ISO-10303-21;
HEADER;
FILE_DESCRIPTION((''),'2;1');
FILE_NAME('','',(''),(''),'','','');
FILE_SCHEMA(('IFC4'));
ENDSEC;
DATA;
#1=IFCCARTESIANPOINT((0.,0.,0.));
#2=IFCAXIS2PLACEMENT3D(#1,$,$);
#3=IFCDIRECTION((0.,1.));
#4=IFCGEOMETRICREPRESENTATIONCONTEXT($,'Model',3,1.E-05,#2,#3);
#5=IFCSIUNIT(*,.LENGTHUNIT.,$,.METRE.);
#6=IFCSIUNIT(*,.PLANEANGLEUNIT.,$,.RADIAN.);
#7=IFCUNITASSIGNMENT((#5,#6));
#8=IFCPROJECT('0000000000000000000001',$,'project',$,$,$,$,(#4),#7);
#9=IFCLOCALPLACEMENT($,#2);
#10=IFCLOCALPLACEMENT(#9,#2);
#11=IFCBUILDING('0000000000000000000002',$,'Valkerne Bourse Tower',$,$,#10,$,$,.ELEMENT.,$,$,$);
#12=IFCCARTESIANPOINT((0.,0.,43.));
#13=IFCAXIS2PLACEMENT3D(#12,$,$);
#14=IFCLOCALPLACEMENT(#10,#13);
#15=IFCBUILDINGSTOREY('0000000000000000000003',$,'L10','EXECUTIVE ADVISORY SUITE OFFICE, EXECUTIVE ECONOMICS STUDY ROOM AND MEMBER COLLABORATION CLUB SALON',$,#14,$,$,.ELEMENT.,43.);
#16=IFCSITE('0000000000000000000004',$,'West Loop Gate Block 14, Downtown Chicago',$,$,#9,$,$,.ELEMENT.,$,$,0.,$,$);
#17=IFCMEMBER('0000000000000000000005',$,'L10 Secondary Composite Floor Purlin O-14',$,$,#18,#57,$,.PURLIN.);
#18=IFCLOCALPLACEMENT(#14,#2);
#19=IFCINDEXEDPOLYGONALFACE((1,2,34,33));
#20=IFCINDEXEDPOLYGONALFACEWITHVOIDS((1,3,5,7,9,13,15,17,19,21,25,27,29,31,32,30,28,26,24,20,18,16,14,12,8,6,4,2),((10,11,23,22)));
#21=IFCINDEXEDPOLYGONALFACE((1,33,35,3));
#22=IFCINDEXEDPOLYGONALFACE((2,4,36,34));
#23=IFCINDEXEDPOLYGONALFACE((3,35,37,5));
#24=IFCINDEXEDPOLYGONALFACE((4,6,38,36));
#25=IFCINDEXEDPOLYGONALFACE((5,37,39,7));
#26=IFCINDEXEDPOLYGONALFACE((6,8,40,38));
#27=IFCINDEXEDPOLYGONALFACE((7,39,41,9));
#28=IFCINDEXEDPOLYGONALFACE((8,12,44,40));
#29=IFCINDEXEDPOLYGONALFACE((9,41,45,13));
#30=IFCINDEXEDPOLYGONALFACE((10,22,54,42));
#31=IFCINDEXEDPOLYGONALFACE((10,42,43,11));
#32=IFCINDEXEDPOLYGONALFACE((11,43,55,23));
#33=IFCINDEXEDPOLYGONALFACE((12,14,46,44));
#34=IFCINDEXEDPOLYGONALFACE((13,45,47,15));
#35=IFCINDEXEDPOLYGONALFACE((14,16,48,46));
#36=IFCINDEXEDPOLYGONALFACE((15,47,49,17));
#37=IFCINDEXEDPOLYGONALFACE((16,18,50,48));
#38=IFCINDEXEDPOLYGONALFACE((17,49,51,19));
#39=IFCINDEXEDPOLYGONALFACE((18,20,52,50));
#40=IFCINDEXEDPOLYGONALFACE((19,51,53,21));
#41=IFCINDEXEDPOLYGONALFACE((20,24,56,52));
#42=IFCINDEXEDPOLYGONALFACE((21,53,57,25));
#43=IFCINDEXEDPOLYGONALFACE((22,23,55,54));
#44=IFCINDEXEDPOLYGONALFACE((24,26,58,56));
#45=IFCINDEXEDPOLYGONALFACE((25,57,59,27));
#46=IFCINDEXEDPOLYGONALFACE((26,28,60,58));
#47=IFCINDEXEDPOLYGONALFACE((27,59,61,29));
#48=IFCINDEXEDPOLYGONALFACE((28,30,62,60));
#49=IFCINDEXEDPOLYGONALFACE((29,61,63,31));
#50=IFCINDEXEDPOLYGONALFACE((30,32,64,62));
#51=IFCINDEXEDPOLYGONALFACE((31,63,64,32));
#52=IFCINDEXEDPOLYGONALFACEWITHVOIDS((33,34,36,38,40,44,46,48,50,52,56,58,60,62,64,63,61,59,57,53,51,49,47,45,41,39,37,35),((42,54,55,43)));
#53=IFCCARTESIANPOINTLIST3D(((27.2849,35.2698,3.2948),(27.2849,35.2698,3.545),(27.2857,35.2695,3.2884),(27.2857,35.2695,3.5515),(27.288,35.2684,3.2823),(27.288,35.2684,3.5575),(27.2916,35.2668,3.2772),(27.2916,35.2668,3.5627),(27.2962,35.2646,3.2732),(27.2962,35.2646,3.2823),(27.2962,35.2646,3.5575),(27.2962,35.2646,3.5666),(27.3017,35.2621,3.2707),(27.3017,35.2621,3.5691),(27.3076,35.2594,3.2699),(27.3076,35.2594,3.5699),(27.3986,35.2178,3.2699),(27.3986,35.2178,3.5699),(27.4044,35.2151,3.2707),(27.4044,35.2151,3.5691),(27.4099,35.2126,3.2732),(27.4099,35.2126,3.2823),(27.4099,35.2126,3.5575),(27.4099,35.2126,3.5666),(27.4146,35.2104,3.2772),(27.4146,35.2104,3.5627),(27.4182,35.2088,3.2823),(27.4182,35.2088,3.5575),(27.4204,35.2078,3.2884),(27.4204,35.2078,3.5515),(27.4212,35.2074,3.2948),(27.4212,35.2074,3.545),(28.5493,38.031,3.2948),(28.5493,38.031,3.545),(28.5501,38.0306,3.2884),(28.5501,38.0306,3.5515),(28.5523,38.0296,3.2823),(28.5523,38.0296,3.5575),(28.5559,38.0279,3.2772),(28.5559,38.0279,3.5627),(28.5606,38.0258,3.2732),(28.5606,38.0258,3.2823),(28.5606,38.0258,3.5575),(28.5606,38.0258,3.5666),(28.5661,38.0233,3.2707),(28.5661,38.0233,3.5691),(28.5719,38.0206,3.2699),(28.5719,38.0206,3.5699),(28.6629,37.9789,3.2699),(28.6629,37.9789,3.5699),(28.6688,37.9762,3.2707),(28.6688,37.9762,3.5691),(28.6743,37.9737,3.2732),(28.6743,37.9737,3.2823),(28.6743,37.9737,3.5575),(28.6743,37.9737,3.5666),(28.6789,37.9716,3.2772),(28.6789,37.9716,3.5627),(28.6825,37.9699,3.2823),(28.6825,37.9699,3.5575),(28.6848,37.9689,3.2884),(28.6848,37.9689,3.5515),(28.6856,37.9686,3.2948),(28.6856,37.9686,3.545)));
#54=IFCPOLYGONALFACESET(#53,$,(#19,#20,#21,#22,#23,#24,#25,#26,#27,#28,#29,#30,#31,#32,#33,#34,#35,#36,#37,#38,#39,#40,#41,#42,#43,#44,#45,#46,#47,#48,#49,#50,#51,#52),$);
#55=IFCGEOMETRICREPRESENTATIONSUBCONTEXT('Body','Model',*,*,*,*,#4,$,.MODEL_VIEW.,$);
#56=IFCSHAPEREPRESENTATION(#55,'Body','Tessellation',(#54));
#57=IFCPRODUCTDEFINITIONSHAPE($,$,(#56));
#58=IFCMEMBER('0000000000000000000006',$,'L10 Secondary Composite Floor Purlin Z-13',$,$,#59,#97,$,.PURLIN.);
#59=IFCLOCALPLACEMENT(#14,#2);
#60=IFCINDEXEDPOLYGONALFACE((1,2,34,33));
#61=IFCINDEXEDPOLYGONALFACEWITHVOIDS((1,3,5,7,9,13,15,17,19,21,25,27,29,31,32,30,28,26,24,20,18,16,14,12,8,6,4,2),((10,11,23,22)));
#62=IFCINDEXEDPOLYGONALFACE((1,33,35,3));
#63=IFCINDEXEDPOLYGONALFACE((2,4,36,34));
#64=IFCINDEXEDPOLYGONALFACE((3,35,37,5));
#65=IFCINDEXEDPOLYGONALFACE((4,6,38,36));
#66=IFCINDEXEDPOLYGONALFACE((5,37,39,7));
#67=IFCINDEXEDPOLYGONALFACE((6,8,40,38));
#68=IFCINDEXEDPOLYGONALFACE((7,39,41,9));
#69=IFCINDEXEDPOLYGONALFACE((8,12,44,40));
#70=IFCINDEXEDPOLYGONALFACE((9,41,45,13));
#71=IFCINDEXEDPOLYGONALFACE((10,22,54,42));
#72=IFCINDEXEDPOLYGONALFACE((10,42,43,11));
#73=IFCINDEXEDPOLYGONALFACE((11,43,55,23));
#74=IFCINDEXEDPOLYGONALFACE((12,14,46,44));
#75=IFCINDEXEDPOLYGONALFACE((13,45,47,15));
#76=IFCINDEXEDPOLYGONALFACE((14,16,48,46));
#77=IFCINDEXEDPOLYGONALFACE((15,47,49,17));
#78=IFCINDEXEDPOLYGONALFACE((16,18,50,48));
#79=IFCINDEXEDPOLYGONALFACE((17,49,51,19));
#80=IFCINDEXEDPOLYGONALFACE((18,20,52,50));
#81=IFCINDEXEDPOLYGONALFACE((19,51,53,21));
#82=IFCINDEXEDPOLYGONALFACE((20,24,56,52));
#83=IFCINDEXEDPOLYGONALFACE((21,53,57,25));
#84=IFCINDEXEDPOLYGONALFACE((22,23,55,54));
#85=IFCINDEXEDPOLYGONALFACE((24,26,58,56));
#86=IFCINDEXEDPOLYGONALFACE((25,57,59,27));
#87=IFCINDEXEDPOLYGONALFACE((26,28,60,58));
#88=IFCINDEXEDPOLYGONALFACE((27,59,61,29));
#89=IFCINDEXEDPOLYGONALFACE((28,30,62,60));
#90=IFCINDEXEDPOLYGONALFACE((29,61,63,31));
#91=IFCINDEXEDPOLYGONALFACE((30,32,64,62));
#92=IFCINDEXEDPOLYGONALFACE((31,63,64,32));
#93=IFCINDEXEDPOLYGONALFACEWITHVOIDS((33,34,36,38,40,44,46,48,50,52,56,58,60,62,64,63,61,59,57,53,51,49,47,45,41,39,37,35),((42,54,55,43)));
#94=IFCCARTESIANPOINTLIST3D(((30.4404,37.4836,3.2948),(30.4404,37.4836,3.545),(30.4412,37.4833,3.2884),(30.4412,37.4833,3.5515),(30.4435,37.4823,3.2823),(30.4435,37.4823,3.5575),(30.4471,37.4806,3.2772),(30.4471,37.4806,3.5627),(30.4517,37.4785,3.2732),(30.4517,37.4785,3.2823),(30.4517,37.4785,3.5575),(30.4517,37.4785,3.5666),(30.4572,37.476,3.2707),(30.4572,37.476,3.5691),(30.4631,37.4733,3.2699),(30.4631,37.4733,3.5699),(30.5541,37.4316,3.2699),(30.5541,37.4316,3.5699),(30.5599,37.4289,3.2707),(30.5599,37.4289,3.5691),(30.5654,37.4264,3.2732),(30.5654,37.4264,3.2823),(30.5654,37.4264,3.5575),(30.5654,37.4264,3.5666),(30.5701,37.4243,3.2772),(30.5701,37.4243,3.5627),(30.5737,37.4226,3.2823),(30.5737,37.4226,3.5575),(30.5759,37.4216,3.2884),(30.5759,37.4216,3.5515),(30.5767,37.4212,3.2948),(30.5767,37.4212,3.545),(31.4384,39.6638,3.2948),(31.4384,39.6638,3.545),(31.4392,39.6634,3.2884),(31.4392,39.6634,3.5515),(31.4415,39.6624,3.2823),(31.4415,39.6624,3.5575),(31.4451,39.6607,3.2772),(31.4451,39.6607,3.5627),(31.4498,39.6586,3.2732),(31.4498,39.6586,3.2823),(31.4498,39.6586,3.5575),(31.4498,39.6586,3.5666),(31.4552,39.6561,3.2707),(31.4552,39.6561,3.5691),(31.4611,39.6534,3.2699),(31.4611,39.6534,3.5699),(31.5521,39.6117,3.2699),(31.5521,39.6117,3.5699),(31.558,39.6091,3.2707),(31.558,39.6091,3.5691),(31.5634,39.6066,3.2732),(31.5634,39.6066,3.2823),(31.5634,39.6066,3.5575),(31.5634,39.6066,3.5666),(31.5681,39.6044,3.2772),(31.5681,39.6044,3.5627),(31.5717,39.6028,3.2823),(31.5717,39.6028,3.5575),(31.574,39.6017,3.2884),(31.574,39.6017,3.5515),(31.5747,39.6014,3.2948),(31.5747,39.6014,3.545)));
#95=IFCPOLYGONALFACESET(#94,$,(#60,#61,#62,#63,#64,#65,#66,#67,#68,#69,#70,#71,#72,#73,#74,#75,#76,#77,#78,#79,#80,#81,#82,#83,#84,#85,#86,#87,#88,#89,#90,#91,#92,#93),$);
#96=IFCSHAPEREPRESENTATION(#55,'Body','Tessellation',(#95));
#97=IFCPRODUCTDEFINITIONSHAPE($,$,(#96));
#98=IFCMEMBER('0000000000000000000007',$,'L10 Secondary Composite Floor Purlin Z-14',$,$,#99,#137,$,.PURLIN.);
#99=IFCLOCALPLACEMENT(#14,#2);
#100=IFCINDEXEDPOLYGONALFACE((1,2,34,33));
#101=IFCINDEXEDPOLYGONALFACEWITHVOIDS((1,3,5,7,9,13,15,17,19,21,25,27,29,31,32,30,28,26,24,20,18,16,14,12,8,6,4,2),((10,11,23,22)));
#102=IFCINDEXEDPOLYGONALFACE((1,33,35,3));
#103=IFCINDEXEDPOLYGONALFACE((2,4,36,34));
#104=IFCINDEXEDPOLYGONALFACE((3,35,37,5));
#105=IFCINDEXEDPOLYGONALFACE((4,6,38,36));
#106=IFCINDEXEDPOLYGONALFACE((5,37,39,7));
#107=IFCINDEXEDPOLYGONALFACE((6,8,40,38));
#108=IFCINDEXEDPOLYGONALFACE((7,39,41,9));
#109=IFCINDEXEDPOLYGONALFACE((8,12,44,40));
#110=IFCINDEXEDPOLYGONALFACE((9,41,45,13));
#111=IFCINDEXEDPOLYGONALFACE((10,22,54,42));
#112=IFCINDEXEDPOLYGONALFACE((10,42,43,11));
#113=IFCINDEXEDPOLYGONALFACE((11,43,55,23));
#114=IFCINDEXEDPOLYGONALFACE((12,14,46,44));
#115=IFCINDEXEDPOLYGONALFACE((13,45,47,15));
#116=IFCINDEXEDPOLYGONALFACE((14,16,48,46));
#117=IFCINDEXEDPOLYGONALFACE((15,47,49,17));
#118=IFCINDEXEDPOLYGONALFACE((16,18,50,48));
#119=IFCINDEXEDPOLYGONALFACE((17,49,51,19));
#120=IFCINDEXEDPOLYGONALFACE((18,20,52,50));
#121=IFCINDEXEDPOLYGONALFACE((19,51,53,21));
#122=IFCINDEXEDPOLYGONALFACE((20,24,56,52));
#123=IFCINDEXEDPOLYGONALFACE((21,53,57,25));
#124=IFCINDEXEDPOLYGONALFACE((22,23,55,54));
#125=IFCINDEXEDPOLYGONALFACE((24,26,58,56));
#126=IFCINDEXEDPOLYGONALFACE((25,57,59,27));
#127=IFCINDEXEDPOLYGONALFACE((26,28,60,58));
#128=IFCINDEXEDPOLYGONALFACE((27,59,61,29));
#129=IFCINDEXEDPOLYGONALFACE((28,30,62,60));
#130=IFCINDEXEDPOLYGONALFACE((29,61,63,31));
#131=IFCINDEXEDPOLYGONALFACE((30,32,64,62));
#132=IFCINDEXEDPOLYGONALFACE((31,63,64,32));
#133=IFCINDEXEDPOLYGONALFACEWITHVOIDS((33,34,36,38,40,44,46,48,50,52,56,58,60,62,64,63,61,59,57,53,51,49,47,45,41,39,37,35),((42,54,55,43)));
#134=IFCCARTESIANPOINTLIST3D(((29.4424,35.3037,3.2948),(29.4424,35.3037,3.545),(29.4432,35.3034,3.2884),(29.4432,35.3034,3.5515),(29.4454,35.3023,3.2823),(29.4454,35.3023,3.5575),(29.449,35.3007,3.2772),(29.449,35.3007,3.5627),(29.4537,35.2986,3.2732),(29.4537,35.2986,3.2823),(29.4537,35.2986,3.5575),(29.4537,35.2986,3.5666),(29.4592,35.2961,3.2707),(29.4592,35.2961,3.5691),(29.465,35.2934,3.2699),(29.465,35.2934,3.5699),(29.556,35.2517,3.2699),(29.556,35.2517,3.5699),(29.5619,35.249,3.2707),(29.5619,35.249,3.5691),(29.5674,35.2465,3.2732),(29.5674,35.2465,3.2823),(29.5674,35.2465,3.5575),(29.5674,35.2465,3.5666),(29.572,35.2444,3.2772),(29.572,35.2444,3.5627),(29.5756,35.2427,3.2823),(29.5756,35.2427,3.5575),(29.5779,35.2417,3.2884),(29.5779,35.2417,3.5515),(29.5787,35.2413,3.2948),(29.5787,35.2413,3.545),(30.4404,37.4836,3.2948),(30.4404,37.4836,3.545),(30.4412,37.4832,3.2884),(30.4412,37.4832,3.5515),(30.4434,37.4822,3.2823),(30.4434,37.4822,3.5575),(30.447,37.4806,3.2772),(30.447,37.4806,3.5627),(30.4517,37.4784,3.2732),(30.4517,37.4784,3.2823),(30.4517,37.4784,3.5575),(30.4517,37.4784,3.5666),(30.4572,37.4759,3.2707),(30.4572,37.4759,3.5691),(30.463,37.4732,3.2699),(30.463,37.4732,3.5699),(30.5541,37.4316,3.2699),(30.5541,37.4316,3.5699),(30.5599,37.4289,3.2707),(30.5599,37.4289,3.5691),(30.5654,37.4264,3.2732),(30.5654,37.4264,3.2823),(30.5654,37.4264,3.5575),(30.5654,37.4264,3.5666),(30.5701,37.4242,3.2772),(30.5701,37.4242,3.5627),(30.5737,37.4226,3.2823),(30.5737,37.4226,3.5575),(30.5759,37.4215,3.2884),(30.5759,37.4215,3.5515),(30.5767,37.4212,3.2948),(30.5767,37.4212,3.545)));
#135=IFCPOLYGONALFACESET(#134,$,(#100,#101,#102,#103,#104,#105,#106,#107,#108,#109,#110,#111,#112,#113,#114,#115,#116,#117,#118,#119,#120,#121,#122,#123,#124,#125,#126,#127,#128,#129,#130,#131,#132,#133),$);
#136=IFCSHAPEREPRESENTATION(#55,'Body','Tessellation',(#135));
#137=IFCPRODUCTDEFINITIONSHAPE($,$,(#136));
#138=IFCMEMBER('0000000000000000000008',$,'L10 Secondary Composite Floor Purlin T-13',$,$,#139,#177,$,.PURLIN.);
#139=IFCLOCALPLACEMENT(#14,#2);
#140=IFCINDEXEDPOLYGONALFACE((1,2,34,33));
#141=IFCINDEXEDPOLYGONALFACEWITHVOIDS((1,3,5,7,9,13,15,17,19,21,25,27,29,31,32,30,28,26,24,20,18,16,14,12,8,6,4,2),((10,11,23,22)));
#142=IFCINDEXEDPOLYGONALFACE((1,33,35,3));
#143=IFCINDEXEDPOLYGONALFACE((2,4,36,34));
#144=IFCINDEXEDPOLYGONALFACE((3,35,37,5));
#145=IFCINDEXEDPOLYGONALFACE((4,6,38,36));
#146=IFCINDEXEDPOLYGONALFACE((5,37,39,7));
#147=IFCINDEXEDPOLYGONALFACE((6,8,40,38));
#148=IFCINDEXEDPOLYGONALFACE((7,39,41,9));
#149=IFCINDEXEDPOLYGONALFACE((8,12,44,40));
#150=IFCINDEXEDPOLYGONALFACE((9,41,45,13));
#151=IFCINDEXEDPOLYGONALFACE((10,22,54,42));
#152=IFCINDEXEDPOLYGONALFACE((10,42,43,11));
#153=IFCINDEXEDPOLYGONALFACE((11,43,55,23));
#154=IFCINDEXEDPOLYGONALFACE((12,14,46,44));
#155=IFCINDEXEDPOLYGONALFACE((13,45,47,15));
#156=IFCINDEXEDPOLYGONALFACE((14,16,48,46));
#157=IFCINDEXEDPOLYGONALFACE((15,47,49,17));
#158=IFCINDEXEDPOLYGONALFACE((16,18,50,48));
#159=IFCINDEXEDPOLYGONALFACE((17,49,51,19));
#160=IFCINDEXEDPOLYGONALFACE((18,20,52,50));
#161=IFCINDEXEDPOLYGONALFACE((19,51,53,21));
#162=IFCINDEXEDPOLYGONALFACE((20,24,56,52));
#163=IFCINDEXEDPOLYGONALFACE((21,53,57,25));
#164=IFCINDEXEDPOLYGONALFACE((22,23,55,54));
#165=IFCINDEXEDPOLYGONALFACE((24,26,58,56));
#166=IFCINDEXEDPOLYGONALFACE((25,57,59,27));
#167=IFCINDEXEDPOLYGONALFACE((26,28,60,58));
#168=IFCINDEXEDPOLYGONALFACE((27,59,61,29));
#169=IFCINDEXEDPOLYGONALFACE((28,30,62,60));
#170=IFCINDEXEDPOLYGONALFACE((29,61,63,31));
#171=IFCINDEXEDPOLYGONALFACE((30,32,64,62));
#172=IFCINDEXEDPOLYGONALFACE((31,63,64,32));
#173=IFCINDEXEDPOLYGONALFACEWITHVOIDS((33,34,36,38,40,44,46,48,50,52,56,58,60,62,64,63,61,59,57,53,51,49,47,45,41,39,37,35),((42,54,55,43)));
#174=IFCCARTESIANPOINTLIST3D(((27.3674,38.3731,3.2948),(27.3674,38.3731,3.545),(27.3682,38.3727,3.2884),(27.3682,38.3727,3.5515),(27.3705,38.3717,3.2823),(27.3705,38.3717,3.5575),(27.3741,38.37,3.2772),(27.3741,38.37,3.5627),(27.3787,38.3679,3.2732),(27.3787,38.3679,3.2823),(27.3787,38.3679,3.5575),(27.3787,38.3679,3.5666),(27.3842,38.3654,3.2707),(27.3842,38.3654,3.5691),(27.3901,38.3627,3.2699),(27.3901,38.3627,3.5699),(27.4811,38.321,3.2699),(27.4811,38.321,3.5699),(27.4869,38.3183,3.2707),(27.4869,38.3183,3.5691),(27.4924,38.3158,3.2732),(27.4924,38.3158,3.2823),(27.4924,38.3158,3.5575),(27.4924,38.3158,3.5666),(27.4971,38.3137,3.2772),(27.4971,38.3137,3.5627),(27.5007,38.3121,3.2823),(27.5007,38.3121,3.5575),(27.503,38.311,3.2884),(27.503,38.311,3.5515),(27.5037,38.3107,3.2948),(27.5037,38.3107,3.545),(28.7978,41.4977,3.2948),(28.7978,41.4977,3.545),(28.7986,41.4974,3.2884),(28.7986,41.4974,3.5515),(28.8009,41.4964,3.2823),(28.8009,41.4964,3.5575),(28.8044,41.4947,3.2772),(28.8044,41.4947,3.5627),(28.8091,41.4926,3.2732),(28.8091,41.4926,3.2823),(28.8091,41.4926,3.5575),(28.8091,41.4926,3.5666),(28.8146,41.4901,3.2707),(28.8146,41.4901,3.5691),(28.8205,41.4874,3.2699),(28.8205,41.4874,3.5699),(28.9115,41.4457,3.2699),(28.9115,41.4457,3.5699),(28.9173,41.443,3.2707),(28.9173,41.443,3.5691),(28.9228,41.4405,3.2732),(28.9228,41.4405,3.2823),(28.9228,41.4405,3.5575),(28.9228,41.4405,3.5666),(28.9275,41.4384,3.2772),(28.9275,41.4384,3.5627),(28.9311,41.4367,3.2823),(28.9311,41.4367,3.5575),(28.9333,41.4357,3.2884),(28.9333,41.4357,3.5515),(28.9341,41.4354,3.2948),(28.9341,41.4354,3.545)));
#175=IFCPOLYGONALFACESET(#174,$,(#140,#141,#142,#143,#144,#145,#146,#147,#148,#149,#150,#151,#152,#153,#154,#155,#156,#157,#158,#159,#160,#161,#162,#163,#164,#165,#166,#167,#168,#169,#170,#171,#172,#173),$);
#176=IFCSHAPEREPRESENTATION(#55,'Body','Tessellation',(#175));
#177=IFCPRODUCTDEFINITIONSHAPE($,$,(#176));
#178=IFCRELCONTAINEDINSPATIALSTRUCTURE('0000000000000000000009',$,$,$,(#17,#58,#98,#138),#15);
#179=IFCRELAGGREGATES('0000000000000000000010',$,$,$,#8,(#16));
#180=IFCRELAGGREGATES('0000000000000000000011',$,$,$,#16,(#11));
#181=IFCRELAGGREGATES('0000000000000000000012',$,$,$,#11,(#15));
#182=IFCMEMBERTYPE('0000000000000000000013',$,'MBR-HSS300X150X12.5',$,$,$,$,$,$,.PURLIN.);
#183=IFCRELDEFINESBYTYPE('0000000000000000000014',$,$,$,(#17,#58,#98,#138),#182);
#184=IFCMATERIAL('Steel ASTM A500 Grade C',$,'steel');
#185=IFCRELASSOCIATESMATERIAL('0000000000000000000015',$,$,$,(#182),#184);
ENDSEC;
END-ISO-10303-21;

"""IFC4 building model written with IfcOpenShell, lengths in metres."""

from ifc_helpers import new_model, si_unit, direction, frame, origin, origin_2d, place, context, subcontext, project, spatial, hollow_rectangle, extrude, material, material_profile, profile_set, type_object, element, save


model = new_model("IFC4")

# Units and contexts
model_context = context("Model", 3, precision=1e-05, world=origin(), true_north=direction((0.0, 1.0)))
body_context = subcontext(model_context, "Body", "Model", "MODEL_VIEW")
ifc_project = project(units=[si_unit("LENGTHUNIT", "METRE"), si_unit("PLANEANGLEUNIT", "RADIAN")], contexts=[model_context])

# Site, building, storey
site_placement = place(None, origin())
site = spatial("IfcSite", under=ifc_project, at=site_placement, Name="West Loop Gate Block 14, Downtown Chicago", CompositionType="ELEMENT", RefElevation=0.0)
building_placement = place(site_placement, origin())
building = spatial("IfcBuilding", under=site, at=building_placement, Name="Valkerne Bourse Tower", CompositionType="ELEMENT")
storey_placement = place(building_placement, frame((0.0, 0.0, 43.0)))
storey = spatial("IfcBuildingStorey", under=building, at=storey_placement, Name="L10", Description="EXECUTIVE ADVISORY SUITE OFFICE, EXECUTIVE ECONOMICS STUDY ROOM AND MEMBER COLLABORATION CLUB SALON", CompositionType="ELEMENT", Elevation=43.0)

# Members
ifc_material_1 = material(Name="Steel ASTM A500 Grade C", Category="steel")
ifc_material_profile_1 = material_profile(ifc_material_1, hollow_rectangle(XDim=0.1499, YDim=0.3, WallThickness=0.0125, OuterFilletRadius=0.0249, at=origin_2d()), Name="HSS300X150X12.5")
ifc_profile_set_1 = profile_set([ifc_material_profile_1], Name="Steel ASTM A500 Grade C")
member_type_1 = type_object("IfcMemberType", Name="MBR-HSS300X150X12.5", PredefinedType="PURLIN", material=ifc_profile_set_1)
for number, where, z_axis, x_axis, name in (
    (1, (28.6174, 37.9998, 3.4199), (-0.416339, -0.909209, 0.0), (0.909209, -0.416339, 0.0), "L10 Secondary Composite Floor Purlin O-14"),
):
    element("IfcMember", number, at=place(storey_placement, frame(where, z_axis=z_axis, x_axis=x_axis)), inside=storey, type_object=member_type_1, Name=name, PredefinedType="PURLIN", context=body_context, shape_type="SweptSolid", body=[
        extrude(hollow_rectangle(XDim=0.1499, YDim=0.3, WallThickness=0.0125, OuterFilletRadius=0.0249, at=origin_2d()), origin(), (0.0, 0.0, 1.0), 3.0369),
    ])
member_1_placement = place(storey_placement, frame((31.5066, 39.6326, 3.4199), z_axis=(-0.416241, -0.909254, 0.0), x_axis=(0.909254, -0.416241, 0.0)))
element("IfcMember", 2, at=member_1_placement, inside=storey, type_object=member_type_1, Name="L10 Secondary Composite Floor Purlin Z-13", PredefinedType="PURLIN", context=body_context, shape_type="SweptSolid", body=[
    extrude(hollow_rectangle(XDim=0.1499, YDim=0.3, WallThickness=0.0125, OuterFilletRadius=0.0249, at=origin_2d()), origin(), (0.0, 0.0, 1.0), 2.3977),
])
member_2_placement = place(storey_placement, frame((30.5085, 37.4524, 3.4199), z_axis=(-0.416279, -0.909237, 0.0), x_axis=(0.909237, -0.416279, 0.0)))
element("IfcMember", 3, at=member_2_placement, inside=storey, type_object=member_type_1, Name="L10 Secondary Composite Floor Purlin Z-14", PredefinedType="PURLIN", context=body_context, shape_type="SweptSolid", body=[
    extrude(hollow_rectangle(XDim=0.1499, YDim=0.3, WallThickness=0.0125, OuterFilletRadius=0.0249, at=origin_2d()), origin(), (0.0, 0.0, 1.0), 2.3975),
])
for number, where, z_axis, x_axis, name in (
    (4, (28.866, 41.4666, 3.4199), (-0.416231, -0.909259, 0.0), (0.909259, -0.416231, 0.0), "L10 Secondary Composite Floor Purlin T-13"),
):
    element("IfcMember", number, at=place(storey_placement, frame(where, z_axis=z_axis, x_axis=x_axis)), inside=storey, type_object=member_type_1, Name=name, PredefinedType="PURLIN", context=body_context, shape_type="SweptSolid", body=[
        extrude(hollow_rectangle(XDim=0.1499, YDim=0.3, WallThickness=0.0125, OuterFilletRadius=0.0249, at=origin_2d()), origin(), (0.0, 0.0, 1.0), 3.4365),
    ])

save(model, "model.ifc")
